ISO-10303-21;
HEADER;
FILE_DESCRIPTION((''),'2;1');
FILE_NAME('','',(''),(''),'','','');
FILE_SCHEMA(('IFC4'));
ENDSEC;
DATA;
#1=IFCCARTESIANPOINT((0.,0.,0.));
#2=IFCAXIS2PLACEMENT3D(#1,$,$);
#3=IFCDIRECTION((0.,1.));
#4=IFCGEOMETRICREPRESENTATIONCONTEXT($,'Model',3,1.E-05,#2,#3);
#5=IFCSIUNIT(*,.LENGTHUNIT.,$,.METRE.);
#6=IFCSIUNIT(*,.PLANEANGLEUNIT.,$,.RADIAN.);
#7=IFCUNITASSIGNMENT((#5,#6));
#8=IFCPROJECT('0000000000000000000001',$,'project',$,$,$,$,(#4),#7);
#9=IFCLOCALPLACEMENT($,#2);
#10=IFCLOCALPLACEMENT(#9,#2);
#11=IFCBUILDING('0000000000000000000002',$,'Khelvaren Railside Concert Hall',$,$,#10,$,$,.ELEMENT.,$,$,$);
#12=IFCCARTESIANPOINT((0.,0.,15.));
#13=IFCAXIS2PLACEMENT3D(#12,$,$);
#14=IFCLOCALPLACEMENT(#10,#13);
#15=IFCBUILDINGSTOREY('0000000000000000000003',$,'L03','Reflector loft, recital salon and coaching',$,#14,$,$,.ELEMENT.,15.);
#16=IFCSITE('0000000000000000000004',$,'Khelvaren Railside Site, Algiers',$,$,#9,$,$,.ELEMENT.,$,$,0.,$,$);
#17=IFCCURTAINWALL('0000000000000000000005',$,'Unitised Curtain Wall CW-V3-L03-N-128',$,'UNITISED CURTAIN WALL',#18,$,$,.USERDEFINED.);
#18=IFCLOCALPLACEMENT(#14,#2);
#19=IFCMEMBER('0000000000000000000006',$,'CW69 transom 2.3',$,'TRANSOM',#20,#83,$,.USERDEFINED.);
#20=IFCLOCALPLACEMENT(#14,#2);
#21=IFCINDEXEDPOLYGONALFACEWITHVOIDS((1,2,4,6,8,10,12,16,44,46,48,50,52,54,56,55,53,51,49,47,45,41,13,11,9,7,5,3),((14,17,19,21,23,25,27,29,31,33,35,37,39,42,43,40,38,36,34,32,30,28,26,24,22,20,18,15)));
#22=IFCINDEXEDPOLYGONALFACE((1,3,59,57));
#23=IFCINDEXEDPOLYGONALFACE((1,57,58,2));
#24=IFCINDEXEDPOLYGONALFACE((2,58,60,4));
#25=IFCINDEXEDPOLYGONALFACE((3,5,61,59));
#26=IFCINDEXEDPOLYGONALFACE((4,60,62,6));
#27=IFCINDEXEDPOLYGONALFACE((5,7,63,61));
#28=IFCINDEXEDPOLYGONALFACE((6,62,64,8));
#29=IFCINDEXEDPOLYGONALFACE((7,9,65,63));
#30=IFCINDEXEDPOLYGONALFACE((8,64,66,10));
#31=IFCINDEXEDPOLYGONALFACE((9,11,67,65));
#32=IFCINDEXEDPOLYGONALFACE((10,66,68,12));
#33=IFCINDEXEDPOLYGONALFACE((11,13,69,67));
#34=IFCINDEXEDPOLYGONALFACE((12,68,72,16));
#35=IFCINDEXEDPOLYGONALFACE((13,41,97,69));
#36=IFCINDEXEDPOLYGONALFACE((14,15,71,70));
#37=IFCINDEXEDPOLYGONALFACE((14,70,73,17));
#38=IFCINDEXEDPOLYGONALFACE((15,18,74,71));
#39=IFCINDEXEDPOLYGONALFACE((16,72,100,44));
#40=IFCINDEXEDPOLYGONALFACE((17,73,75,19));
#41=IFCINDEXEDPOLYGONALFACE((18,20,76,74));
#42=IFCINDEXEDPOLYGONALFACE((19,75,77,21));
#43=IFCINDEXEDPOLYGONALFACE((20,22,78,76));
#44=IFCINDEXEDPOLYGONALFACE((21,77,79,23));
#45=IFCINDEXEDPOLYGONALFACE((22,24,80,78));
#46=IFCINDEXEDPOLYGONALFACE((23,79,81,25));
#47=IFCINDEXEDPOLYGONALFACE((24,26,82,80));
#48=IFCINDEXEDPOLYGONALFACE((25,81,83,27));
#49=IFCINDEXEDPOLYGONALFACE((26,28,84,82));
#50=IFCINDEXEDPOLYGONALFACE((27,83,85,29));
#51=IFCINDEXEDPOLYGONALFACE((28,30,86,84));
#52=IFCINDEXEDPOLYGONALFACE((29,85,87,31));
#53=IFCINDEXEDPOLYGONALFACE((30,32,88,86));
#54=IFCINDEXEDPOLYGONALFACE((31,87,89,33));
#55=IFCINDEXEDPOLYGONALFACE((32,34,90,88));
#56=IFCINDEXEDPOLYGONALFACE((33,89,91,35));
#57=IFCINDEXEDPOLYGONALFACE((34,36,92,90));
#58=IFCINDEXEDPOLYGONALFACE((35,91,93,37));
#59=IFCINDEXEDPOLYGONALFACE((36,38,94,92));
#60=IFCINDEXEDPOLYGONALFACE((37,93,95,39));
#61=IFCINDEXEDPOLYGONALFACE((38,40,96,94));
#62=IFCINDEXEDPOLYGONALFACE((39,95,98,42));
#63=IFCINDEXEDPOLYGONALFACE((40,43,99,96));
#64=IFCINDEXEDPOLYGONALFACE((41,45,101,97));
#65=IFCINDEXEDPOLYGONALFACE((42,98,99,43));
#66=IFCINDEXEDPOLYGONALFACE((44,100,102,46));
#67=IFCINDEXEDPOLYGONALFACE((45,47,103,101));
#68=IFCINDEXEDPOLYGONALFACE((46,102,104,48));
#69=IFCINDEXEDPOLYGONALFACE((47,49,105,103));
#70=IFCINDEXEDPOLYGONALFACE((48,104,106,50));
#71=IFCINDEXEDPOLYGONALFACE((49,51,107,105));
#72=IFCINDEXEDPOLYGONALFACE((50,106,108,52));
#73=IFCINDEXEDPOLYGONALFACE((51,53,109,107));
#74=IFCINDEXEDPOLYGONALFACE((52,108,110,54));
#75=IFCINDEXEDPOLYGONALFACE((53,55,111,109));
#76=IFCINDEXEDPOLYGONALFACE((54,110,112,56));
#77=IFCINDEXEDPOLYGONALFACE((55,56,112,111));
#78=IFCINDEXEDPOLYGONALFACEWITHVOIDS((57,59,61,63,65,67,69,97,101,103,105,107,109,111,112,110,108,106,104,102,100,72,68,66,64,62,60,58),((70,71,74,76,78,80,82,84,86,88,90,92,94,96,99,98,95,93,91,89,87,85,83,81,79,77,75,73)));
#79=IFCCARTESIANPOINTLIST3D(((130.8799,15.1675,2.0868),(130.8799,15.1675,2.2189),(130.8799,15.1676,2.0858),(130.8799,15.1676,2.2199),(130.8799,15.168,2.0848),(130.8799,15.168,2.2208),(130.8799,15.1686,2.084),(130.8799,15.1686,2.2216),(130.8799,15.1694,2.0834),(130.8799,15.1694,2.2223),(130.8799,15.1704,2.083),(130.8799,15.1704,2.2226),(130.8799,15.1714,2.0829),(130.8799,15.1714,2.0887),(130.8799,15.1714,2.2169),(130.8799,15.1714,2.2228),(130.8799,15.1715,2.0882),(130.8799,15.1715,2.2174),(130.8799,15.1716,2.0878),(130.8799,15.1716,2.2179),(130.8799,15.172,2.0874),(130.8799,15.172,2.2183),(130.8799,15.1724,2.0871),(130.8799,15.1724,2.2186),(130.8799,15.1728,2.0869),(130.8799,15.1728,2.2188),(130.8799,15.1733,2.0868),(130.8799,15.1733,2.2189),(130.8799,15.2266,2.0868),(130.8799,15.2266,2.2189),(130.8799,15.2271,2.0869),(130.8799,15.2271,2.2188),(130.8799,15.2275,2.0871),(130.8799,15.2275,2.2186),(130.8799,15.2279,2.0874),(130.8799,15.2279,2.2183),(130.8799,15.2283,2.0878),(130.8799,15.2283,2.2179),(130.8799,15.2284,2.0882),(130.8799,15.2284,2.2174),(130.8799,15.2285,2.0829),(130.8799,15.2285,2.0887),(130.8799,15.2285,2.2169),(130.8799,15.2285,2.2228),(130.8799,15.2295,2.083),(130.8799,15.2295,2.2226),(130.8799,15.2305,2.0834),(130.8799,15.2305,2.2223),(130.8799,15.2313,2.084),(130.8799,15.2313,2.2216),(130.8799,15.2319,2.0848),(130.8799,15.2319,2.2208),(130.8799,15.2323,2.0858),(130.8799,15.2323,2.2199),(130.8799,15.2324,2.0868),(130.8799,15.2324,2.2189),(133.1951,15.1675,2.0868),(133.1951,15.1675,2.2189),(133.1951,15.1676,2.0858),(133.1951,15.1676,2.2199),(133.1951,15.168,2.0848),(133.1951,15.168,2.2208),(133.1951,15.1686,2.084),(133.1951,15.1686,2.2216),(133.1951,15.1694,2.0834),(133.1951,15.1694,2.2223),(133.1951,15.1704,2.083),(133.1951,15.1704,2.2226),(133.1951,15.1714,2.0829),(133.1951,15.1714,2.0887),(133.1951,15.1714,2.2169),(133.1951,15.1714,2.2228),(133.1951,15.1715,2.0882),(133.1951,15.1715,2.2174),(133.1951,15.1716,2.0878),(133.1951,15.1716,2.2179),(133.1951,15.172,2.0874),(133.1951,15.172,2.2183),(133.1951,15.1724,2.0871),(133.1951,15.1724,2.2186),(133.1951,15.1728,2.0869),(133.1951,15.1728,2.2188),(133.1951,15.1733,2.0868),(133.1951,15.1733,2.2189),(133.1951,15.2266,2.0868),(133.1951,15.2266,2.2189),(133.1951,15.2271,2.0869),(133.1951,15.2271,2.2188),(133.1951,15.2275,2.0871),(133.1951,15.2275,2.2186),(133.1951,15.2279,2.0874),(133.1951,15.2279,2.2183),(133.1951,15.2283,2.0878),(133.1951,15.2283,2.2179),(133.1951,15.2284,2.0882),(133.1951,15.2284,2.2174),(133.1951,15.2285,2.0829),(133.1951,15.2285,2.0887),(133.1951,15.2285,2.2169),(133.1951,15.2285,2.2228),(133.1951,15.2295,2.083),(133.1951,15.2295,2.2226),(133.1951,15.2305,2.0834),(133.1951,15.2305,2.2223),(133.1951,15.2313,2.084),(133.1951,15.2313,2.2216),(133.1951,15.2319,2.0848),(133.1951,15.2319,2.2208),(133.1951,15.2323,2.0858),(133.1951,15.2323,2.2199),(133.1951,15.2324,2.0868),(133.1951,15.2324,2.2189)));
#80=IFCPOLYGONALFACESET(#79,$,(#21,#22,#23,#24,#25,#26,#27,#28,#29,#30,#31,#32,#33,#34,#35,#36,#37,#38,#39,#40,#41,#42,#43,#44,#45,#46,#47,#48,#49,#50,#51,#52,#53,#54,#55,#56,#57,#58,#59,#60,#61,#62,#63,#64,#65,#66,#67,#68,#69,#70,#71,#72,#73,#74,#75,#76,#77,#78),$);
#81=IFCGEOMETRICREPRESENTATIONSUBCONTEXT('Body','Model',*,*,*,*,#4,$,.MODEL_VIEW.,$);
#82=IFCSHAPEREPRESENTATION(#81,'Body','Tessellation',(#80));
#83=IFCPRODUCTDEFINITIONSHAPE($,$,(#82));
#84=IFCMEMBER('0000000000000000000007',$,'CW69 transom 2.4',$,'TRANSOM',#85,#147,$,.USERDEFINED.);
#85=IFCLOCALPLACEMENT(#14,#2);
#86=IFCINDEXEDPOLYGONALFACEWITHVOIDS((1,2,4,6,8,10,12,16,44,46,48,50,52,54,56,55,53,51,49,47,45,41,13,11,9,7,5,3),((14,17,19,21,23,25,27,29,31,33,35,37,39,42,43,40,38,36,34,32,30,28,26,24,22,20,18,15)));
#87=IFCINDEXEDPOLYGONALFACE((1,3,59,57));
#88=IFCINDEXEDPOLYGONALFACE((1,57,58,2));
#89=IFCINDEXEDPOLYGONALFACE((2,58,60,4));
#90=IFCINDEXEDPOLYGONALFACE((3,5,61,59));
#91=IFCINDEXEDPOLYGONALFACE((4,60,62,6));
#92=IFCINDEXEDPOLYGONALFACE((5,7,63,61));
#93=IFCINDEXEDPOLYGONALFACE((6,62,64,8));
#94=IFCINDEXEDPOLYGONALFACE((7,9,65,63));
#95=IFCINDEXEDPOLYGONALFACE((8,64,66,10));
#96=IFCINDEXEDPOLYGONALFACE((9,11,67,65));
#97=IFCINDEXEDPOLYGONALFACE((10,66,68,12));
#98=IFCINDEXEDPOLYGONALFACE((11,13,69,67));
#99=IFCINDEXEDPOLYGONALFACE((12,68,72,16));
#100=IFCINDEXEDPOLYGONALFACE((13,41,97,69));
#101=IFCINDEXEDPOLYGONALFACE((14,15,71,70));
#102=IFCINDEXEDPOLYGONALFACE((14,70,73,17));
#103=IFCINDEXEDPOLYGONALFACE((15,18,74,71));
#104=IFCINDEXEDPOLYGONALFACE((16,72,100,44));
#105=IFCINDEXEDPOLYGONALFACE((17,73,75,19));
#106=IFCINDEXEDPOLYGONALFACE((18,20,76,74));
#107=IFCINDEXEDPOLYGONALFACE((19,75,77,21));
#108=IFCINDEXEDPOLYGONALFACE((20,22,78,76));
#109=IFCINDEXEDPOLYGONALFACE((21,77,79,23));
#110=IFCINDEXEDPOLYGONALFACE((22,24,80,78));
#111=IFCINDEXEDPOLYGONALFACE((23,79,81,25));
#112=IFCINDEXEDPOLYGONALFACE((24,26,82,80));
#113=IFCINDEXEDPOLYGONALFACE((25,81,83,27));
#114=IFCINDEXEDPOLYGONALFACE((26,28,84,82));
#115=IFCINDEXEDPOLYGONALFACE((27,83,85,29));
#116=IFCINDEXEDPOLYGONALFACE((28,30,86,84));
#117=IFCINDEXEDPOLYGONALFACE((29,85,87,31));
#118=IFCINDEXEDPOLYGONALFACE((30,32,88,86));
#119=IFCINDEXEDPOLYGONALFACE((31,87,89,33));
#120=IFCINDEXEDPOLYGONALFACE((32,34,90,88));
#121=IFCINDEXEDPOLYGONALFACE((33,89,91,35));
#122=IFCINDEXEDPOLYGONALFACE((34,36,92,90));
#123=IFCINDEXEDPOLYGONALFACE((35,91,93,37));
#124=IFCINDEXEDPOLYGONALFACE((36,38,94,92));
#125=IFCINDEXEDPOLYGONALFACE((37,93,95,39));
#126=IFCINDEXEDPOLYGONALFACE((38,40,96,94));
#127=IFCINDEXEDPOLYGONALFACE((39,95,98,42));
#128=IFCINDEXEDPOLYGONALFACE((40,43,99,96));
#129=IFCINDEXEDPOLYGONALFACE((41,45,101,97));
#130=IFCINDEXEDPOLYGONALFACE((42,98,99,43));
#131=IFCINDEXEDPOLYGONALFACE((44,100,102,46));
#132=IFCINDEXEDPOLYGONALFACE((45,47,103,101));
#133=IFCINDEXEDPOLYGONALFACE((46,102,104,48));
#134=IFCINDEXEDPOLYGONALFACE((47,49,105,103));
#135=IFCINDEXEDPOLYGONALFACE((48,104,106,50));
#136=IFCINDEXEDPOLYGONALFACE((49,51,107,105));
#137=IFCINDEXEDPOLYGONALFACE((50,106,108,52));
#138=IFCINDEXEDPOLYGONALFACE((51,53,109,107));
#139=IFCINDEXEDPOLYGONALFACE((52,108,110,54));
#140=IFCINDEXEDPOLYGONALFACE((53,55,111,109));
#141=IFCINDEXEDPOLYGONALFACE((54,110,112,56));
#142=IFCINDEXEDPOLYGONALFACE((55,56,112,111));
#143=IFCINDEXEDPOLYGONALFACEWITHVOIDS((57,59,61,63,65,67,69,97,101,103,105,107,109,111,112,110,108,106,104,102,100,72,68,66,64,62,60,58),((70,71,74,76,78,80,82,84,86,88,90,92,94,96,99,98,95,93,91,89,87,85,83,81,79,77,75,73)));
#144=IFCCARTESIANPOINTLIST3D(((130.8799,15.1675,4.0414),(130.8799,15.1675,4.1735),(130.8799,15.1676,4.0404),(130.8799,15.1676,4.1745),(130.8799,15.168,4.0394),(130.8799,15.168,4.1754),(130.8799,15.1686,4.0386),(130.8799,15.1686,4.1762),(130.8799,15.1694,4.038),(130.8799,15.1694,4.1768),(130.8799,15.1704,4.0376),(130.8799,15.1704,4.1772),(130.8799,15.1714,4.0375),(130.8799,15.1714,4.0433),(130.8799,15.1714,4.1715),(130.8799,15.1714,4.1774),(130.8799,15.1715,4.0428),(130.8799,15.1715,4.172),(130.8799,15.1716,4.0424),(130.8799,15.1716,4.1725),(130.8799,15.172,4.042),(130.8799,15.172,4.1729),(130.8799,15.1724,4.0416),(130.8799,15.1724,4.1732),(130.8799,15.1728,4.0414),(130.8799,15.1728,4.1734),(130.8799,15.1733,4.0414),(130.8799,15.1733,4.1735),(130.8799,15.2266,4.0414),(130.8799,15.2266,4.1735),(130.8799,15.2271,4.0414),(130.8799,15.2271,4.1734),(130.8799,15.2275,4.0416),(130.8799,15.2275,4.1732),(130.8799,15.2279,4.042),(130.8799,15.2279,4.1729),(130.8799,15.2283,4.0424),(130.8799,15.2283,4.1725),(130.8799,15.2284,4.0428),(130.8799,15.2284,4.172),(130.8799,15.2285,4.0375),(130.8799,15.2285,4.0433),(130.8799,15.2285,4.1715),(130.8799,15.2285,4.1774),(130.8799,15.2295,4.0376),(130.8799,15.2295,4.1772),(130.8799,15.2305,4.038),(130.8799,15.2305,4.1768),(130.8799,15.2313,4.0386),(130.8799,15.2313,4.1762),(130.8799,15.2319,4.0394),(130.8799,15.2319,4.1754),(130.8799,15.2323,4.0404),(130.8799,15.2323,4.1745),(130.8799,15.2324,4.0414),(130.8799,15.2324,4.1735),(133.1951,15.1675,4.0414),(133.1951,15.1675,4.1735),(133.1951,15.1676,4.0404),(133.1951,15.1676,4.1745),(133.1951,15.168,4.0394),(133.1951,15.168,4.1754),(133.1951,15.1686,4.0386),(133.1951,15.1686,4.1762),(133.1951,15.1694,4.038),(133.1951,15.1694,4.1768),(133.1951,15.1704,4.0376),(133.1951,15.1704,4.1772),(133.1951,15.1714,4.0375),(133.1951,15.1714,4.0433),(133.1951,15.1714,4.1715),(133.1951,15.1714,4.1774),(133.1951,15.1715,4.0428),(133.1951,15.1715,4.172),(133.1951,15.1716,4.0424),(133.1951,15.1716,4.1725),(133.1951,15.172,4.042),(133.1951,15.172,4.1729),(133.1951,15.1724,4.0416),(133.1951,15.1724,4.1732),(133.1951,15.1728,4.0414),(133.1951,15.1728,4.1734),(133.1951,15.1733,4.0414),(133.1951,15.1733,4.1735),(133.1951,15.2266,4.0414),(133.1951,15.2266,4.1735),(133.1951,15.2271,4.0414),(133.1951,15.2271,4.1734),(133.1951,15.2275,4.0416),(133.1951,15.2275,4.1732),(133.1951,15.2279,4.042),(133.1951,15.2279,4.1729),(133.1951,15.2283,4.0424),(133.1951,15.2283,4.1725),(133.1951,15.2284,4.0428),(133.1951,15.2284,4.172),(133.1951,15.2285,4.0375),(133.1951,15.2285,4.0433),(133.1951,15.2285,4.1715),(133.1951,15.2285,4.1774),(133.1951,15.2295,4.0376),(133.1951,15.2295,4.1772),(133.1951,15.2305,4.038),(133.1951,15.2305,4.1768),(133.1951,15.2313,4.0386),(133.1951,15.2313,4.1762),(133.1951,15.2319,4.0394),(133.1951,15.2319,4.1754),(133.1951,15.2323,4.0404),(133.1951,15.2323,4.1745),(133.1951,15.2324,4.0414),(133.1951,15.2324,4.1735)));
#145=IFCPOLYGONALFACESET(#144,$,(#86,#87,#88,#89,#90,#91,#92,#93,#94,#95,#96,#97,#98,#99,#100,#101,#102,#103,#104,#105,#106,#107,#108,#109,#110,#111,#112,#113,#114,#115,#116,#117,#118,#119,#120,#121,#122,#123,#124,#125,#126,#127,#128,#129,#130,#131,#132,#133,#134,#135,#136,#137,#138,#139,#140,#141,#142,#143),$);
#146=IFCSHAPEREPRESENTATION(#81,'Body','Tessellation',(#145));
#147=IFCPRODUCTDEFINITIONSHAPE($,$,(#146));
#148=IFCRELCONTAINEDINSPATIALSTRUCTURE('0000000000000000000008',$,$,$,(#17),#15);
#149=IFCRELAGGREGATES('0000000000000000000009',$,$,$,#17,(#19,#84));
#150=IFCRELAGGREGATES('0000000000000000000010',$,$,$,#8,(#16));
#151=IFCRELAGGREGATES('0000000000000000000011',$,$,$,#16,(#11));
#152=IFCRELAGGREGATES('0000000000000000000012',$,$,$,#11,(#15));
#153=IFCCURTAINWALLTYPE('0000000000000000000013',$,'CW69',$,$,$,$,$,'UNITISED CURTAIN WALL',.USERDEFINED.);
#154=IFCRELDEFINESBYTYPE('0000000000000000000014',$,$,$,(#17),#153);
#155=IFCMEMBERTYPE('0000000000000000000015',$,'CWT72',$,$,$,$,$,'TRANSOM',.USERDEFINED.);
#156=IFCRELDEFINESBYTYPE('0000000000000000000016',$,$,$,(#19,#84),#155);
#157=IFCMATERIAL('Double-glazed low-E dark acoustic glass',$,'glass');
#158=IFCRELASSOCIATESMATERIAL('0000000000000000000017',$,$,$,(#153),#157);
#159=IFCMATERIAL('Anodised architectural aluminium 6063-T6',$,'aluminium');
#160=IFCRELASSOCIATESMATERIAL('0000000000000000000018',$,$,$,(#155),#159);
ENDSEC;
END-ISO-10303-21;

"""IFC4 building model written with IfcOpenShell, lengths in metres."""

from ifc_helpers import new_model, si_unit, direction, frame, origin, origin_2d, place, context, subcontext, project, spatial, hollow_rectangle, extrude, material, material_profile, profile_set, type_object, element, aggregate, save


model = new_model("IFC4")

# Units and contexts
model_context = context("Model", 3, precision=1e-05, world=origin(), true_north=direction((0.0, 1.0)))
body_context = subcontext(model_context, "Body", "Model", "MODEL_VIEW")
ifc_project = project(units=[si_unit("LENGTHUNIT", "METRE"), si_unit("PLANEANGLEUNIT", "RADIAN")], contexts=[model_context])

# Site, building, storey
site_placement = place(None, origin())
site = spatial("IfcSite", under=ifc_project, at=site_placement, Name="Khelvaren Railside Site, Algiers", CompositionType="ELEMENT", RefElevation=0.0)
building_placement = place(site_placement, origin())
building = spatial("IfcBuilding", under=site, at=building_placement, Name="Khelvaren Railside Concert Hall", CompositionType="ELEMENT")
storey_placement = place(building_placement, frame((0.0, 0.0, 15.0)))
storey = spatial("IfcBuildingStorey", under=building, at=storey_placement, Name="L03", Description="Reflector loft, recital salon and coaching", CompositionType="ELEMENT", Elevation=15.0)

# Shared definitions
ifc_material_1 = material(Name="Double-glazed low-E dark acoustic glass", Category="glass")
ifc_material_2 = material(Name="Anodised architectural aluminium 6063-T6", Category="aluminium")

# Curtain wall, members
curtain_wall_type_1 = type_object("IfcCurtainWallType", Name="CW69", ElementType="UNITISED CURTAIN WALL", PredefinedType="USERDEFINED", material=ifc_material_1)
curtain_wall_1_placement = place(storey_placement, origin())
curtain_wall_1 = element("IfcCurtainWall", 1, at=curtain_wall_1_placement, inside=storey, type_object=curtain_wall_type_1, Name="Unitised Curtain Wall CW-V3-L03-N-128", ObjectType="UNITISED CURTAIN WALL", PredefinedType="USERDEFINED")
ifc_material_profile_1 = material_profile(ifc_material_2, hollow_rectangle(XDim=0.0649, YDim=0.1399, WallThickness=0.0039, InnerFilletRadius=0.002, OuterFilletRadius=0.0039, at=origin_2d()), Name="CWT 65x140x4")
ifc_profile_set_1 = profile_set([ifc_material_profile_1], Name="Anodised architectural aluminium 6063-T6")
member_type_1 = type_object("IfcMemberType", Name="CWT72", ElementType="TRANSOM", PredefinedType="USERDEFINED", material=ifc_profile_set_1)
member_1_placement = place(storey_placement, frame((130.8799, 15.2, 2.1528), z_axis=(1.0, 0.0, 0.0), x_axis=(0.0, 1.0, 0.0)))
member_1 = element("IfcMember", 2, at=member_1_placement, type_object=member_type_1, Name="CW69 transom 2.3", ObjectType="TRANSOM", PredefinedType="USERDEFINED", context=body_context, shape_type="SweptSolid", body=[
    extrude(hollow_rectangle(XDim=0.0649, YDim=0.1399, WallThickness=0.0039, InnerFilletRadius=0.002, OuterFilletRadius=0.0039, at=origin_2d()), origin(), (0.0, 0.0, 1.0), 2.3152),
])
member_2_placement = place(storey_placement, frame((130.8799, 15.2, 4.1074), z_axis=(1.0, 0.0, 0.0), x_axis=(0.0, 1.0, 0.0)))
member_2 = element("IfcMember", 3, at=member_2_placement, type_object=member_type_1, Name="CW69 transom 2.4", ObjectType="TRANSOM", PredefinedType="USERDEFINED", context=body_context, shape_type="SweptSolid", body=[
    extrude(hollow_rectangle(XDim=0.0649, YDim=0.1399, WallThickness=0.0039, InnerFilletRadius=0.002, OuterFilletRadius=0.0039, at=origin_2d()), origin(), (0.0, 0.0, 1.0), 2.3152),
])

aggregate(curtain_wall_1, [member_1, member_2])

save(model, "model.ifc")
